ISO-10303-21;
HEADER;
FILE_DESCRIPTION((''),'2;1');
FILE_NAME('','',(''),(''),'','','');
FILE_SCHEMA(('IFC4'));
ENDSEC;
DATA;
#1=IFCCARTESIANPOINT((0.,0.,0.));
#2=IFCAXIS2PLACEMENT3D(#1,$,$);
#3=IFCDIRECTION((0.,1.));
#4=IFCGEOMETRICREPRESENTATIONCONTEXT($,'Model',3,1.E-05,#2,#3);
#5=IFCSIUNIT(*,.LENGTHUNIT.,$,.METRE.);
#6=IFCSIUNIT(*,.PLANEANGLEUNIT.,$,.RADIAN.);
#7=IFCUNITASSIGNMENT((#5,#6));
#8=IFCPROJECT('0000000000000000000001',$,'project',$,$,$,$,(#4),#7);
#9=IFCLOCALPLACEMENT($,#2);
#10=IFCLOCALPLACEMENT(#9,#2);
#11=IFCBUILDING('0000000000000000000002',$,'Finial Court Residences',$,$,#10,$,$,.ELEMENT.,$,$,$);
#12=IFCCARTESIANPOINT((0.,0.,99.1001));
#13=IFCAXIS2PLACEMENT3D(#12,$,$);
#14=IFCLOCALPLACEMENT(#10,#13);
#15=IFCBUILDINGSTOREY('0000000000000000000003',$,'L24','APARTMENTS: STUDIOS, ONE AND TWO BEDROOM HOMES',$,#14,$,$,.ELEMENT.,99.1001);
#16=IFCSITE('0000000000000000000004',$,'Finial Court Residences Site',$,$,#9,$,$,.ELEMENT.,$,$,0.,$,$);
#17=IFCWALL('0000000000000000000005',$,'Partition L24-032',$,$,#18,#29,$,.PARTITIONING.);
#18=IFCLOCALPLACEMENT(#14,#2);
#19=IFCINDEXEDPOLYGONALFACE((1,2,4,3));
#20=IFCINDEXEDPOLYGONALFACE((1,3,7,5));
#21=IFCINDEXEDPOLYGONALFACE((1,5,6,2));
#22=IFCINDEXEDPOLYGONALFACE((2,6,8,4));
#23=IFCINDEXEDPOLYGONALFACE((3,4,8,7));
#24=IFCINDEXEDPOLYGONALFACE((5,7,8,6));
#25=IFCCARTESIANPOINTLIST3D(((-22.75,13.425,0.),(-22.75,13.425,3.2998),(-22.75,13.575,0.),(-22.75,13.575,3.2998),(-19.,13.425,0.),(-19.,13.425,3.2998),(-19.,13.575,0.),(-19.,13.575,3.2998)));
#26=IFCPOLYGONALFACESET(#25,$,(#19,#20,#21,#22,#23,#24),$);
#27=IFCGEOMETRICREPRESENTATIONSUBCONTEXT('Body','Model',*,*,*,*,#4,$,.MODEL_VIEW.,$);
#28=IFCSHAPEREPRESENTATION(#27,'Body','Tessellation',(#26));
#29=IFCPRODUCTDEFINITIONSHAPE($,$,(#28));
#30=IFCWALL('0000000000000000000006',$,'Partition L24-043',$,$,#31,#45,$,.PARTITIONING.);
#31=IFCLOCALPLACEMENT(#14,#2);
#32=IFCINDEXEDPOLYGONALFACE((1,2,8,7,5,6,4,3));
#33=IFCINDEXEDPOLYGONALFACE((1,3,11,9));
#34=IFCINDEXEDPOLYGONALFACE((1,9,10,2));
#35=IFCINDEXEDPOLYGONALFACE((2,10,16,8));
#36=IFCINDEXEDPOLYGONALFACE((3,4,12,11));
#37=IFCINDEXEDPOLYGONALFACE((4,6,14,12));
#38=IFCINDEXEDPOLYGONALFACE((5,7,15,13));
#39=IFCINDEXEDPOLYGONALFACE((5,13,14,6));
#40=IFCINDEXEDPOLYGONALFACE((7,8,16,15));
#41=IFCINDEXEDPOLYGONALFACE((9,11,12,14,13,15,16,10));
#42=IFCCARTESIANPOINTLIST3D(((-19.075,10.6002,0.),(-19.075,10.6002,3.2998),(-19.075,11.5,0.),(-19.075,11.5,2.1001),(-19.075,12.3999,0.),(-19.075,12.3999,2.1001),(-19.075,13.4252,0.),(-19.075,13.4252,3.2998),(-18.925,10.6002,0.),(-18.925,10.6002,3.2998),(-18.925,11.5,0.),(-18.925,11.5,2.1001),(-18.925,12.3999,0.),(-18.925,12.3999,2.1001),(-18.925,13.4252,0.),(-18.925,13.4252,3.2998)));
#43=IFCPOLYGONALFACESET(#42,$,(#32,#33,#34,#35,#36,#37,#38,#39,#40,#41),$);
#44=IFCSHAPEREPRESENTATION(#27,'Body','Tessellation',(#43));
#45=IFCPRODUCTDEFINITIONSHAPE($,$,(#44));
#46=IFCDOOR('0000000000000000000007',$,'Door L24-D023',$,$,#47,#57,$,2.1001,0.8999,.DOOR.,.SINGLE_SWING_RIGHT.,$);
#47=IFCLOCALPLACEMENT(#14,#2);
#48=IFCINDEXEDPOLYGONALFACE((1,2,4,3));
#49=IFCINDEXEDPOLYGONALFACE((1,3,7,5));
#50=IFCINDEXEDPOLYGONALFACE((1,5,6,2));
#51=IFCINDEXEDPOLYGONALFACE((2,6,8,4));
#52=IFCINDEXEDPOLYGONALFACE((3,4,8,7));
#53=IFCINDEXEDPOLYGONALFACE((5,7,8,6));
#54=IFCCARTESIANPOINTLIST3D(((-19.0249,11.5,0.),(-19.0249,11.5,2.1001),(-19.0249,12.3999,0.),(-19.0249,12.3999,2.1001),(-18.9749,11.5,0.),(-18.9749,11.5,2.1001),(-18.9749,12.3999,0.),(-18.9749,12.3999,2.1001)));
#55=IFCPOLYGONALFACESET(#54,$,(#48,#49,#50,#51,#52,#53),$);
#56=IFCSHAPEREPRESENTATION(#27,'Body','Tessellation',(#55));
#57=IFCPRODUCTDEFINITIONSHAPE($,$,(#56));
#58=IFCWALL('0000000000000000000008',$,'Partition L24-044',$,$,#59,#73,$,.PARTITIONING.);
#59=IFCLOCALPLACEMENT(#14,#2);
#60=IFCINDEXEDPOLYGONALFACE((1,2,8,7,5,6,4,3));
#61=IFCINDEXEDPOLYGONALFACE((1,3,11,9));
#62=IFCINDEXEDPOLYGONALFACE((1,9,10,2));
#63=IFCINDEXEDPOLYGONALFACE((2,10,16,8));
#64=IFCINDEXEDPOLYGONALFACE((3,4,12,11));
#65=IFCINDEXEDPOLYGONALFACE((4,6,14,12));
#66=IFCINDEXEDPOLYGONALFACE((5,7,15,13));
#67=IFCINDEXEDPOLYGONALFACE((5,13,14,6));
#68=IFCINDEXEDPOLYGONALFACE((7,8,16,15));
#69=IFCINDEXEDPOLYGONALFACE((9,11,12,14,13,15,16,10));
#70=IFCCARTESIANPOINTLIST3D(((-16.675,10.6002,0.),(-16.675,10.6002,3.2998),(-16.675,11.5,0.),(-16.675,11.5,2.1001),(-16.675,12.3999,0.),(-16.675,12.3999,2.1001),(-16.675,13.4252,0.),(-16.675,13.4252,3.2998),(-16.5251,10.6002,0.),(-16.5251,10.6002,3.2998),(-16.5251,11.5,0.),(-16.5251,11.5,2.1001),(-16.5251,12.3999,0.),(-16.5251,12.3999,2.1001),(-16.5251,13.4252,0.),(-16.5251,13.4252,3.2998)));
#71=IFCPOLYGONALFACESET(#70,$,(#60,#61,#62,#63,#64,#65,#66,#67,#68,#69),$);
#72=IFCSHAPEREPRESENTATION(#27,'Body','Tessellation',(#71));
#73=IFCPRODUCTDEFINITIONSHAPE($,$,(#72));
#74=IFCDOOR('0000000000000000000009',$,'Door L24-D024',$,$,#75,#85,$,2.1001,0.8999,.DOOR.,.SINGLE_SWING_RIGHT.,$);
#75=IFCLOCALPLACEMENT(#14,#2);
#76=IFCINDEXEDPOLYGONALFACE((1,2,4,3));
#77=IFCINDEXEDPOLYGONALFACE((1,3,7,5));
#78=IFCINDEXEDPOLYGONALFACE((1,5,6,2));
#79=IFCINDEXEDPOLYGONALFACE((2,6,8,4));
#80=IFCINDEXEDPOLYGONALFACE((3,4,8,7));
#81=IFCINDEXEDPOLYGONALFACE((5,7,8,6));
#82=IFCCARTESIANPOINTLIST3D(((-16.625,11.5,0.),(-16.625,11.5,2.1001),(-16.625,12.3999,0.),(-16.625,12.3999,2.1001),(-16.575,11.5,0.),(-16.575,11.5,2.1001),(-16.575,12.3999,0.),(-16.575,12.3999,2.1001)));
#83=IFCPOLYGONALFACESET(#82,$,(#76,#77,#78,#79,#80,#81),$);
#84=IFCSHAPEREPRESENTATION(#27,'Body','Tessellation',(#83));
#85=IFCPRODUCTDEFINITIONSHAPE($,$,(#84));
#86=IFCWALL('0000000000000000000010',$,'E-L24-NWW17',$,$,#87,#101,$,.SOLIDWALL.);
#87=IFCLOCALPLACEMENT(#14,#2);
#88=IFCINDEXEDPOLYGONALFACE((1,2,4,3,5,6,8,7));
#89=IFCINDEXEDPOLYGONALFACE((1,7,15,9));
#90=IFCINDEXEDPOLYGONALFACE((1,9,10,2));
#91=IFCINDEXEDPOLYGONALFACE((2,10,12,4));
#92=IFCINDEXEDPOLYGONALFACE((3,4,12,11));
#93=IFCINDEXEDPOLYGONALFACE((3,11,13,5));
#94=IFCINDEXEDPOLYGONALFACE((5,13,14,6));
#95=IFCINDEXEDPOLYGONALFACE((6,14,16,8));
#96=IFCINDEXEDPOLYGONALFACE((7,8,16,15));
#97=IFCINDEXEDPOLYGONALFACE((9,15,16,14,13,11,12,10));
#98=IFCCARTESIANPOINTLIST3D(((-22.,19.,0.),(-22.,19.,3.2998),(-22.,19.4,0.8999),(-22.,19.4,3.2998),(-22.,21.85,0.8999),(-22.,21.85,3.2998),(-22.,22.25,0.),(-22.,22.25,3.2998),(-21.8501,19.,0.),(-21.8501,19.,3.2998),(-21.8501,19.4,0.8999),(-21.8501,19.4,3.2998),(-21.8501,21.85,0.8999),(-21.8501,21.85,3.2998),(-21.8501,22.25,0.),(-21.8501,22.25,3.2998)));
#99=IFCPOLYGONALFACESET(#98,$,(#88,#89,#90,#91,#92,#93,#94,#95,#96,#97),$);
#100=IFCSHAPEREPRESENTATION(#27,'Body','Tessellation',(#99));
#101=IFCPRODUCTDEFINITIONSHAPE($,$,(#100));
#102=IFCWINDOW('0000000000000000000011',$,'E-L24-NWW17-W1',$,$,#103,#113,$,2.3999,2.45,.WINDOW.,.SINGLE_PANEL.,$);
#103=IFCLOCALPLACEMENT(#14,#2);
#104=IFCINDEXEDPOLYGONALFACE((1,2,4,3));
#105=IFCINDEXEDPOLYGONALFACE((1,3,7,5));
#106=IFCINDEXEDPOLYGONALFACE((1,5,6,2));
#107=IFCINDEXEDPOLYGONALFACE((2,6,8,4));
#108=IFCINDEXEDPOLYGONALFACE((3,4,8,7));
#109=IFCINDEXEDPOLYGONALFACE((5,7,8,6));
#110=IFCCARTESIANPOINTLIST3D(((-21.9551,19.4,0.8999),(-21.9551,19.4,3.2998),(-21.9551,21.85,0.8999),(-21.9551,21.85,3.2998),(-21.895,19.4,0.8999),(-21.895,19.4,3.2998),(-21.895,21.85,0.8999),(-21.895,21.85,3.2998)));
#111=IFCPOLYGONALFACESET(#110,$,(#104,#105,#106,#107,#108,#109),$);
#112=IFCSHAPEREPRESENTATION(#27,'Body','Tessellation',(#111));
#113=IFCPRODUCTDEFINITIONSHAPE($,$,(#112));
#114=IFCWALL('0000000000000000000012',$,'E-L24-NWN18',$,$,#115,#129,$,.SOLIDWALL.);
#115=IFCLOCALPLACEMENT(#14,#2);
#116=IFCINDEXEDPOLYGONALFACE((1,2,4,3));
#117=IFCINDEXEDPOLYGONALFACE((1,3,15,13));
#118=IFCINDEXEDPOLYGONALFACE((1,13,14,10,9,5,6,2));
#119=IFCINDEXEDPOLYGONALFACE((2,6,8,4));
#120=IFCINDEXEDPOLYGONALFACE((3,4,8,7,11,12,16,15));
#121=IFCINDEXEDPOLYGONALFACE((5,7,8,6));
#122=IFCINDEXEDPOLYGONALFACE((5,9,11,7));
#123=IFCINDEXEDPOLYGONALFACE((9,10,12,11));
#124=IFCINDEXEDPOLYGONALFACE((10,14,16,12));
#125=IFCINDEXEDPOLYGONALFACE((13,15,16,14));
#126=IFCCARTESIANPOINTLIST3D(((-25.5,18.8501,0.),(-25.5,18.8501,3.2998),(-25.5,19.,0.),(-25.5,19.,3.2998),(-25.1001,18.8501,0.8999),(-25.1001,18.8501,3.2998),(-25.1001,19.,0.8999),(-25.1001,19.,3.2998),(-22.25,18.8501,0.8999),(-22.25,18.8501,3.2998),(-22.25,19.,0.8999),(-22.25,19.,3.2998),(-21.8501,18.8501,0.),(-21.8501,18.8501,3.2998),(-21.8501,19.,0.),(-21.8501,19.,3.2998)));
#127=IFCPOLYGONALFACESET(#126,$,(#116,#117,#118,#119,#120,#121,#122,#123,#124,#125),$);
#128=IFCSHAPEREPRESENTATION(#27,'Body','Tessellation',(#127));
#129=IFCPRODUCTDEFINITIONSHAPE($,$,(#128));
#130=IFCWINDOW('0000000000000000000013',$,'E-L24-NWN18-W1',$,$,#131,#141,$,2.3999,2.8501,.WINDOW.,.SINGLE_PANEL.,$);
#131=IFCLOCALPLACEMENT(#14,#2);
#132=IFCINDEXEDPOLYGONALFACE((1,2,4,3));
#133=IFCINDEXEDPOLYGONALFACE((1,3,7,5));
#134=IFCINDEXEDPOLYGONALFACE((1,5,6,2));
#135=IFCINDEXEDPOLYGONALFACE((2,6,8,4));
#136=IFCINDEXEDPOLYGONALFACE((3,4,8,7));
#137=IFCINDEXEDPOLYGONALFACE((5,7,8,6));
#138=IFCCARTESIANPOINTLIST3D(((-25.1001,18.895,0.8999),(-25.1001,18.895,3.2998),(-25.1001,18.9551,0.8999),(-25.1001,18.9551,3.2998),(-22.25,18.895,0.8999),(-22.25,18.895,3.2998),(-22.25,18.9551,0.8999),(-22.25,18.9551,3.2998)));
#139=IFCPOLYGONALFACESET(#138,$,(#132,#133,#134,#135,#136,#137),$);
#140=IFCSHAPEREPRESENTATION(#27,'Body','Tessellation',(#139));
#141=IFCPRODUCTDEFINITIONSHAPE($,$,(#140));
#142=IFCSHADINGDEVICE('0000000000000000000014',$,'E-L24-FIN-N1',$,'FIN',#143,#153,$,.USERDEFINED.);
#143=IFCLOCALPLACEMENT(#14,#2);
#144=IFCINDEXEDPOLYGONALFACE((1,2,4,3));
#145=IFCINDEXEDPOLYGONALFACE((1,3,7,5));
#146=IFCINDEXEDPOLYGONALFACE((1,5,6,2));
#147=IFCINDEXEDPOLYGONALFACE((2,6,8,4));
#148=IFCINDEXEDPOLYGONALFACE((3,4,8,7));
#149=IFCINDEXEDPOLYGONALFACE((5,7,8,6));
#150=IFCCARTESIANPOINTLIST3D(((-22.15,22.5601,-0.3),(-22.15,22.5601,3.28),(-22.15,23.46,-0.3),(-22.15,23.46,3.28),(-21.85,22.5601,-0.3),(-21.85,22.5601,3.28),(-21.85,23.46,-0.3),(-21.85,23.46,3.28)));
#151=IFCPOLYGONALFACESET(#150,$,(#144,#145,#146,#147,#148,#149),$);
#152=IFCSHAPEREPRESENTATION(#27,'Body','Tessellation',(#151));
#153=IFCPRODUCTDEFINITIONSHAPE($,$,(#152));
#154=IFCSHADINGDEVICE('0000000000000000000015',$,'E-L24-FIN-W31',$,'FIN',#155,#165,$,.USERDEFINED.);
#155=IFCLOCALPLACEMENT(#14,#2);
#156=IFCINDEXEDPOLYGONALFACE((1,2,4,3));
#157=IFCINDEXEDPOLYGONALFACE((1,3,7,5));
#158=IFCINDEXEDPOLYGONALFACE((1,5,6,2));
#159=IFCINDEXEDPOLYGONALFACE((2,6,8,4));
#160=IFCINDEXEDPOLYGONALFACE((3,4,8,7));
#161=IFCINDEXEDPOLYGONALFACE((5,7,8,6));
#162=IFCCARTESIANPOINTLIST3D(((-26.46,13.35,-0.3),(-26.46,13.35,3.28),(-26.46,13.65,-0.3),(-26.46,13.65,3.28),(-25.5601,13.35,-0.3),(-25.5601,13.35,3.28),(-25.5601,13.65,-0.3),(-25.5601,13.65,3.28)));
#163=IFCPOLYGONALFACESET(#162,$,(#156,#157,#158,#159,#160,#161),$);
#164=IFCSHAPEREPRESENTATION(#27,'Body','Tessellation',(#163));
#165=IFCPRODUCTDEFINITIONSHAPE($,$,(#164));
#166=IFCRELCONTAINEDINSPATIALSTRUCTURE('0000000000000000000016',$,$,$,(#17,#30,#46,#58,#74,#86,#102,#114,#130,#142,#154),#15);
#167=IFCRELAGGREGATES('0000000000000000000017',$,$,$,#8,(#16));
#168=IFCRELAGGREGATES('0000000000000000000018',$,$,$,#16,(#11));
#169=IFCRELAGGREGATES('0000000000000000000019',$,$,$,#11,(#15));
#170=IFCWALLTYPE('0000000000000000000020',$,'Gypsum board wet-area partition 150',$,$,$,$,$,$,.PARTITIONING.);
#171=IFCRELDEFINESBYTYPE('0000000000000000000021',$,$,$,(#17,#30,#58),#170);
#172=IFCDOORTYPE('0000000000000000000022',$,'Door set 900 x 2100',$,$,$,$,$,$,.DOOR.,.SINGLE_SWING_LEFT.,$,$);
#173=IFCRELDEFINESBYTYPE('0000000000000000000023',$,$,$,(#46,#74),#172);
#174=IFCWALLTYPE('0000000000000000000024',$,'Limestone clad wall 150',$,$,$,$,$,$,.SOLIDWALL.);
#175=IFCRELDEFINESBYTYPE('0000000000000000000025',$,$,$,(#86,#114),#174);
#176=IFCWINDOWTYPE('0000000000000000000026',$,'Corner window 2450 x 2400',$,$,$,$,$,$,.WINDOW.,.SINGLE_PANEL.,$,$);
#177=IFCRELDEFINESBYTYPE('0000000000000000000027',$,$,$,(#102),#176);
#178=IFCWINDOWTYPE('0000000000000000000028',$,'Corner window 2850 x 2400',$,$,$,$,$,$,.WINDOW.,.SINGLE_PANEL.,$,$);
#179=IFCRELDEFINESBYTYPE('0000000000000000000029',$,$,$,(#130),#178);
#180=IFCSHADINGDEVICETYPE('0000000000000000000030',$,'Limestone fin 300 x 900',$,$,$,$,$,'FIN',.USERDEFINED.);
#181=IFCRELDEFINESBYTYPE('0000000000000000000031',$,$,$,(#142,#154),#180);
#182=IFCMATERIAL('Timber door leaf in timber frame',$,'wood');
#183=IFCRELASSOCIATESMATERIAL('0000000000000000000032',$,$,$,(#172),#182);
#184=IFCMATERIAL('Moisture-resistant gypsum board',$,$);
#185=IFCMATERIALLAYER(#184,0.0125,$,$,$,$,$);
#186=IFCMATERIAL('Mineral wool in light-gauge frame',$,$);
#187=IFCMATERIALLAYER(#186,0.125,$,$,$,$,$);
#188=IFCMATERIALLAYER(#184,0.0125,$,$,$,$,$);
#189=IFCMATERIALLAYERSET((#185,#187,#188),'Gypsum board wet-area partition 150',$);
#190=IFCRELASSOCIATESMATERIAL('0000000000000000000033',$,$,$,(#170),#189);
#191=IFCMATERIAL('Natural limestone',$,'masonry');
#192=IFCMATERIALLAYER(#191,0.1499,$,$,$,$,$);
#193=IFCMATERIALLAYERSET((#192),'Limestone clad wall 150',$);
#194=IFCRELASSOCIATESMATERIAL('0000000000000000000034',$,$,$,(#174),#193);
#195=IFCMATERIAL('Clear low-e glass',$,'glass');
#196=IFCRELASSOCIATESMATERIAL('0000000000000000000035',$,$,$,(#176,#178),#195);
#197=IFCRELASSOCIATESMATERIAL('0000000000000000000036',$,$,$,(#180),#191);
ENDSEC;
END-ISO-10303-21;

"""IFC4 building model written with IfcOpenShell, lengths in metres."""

from ifc_helpers import new_model, si_unit, direction, frame, frame_2d, origin, origin_2d, place, context, subcontext, project, spatial, rectangle, extrude, material, layer, layer_set, type_object, element, fill, save


model = new_model("IFC4")

# Units and contexts
model_context = context("Model", 3, precision=1e-05, world=origin(), true_north=direction((0.0, 1.0)))
body_context = subcontext(model_context, "Body", "Model", "MODEL_VIEW")
ifc_project = project(units=[si_unit("LENGTHUNIT", "METRE"), si_unit("PLANEANGLEUNIT", "RADIAN")], contexts=[model_context])

# Site, building, storey
site_placement = place(None, origin())
site = spatial("IfcSite", under=ifc_project, at=site_placement, Name="Finial Court Residences Site", CompositionType="ELEMENT", RefElevation=0.0)
building_placement = place(site_placement, origin())
building = spatial("IfcBuilding", under=site, at=building_placement, Name="Finial Court Residences", CompositionType="ELEMENT")
storey_placement = place(building_placement, frame((0.0, 0.0, 99.1001)))
storey = spatial("IfcBuildingStorey", under=building, at=storey_placement, Name="L24", Description="APARTMENTS: STUDIOS, ONE AND TWO BEDROOM HOMES", CompositionType="ELEMENT", Elevation=99.1001)

# Shared definitions
ifc_material_1 = material(Name="Clear low-e glass", Category="glass")

# Shared definitions
ifc_material_2 = material(Name="Mineral wool in light-gauge frame")

# Shared definitions
ifc_material_3 = material(Name="Timber door leaf in timber frame", Category="wood")
door_type = type_object("IfcDoorType", Name="Door set 900 x 2100", OperationType="SINGLE_SWING_LEFT", PredefinedType="DOOR", material=ifc_material_3)

# Wall
ifc_material_4 = material(Name="Moisture-resistant gypsum board")
ifc_layer_1 = layer(ifc_material_4, 0.0125)
ifc_layer_2 = layer(ifc_material_2, 0.125)
ifc_layer_3 = layer(ifc_material_4, 0.0125)
ifc_layer_set_1 = layer_set([ifc_layer_1, ifc_layer_2, ifc_layer_3], Name="Gypsum board wet-area partition 150")
wall_type_1 = type_object("IfcWallType", Name="Gypsum board wet-area partition 150", PredefinedType="PARTITIONING", material=ifc_layer_set_1)
wall_1_placement = place(storey_placement, frame((-22.75, 13.5, 0.0), z_axis=(0.0, 0.0, 1.0), x_axis=(1.0, 0.0, 0.0)))
element("IfcWall", 1, at=wall_1_placement, inside=storey, type_object=wall_type_1, Name="Partition L24-032", PredefinedType="PARTITIONING", context=body_context, shape_type="SweptSolid", body=[
    extrude(rectangle(XDim=3.75, YDim=0.1499, at=frame_2d((1.875, 0.0))), origin(), (0.0, 0.0, 1.0), 3.2998),
])

# Walls, openings, doors
wall_2_placement = place(storey_placement, frame((-19.0, 10.6001, 0.0), z_axis=(0.0, 0.0, 1.0), x_axis=(0.0, 1.0, 0.0)))
wall_2 = element("IfcWall", 2, at=wall_2_placement, inside=storey, type_object=wall_type_1, Name="Partition L24-043", PredefinedType="PARTITIONING", context=body_context, shape_type="SweptSolid", body=[
    extrude(rectangle(XDim=2.825, YDim=0.1499, at=frame_2d((1.4126, 0.0))), origin(), (0.0, 0.0, 1.0), 3.2998),
])
opening_1_placement = place(wall_2_placement, frame((0.8999, 0.0, 0.0)))
opening_1 = element("IfcOpeningElement", 3, at=opening_1_placement, cuts=wall_2, PredefinedType="OPENING", context=body_context, shape_type="SweptSolid", body=[
    extrude(rectangle(XDim=0.8999, YDim=2.1001, at=frame_2d((0.45, 1.05))), frame((0.0, 0.085, 0.0), z_axis=(0.0, -1.0, 0.0), x_axis=(1.0, 0.0, 0.0)), (0.0, 0.0, 1.0), 0.1699),
])
door_1_placement = place(opening_1_placement, origin())
door_1 = element("IfcDoor", 4, at=door_1_placement, inside=storey, type_object=door_type, Name="Door L24-D023", OperationType="SINGLE_SWING_RIGHT", OverallHeight=2.1001, OverallWidth=0.8999, PredefinedType="DOOR", context=body_context, shape_type="SweptSolid", body=[
    extrude(rectangle(XDim=0.8999, YDim=2.1001, at=frame_2d((0.45, 1.05))), frame((0.0, 0.0249, 0.0), z_axis=(0.0, -1.0, 0.0), x_axis=(1.0, 0.0, 0.0)), (0.0, 0.0, 1.0), 0.05),
])
fill(opening_1, door_1)
wall_3_placement = place(storey_placement, frame((-16.6001, 10.6001, 0.0), z_axis=(0.0, 0.0, 1.0), x_axis=(0.0, 1.0, 0.0)))
wall_3 = element("IfcWall", 5, at=wall_3_placement, inside=storey, type_object=wall_type_1, Name="Partition L24-044", PredefinedType="PARTITIONING", context=body_context, shape_type="SweptSolid", body=[
    extrude(rectangle(XDim=2.825, YDim=0.1499, at=frame_2d((1.4126, 0.0))), origin(), (0.0, 0.0, 1.0), 3.2998),
])
opening_2_placement = place(wall_3_placement, frame((0.8999, 0.0, 0.0)))
opening_2 = element("IfcOpeningElement", 6, at=opening_2_placement, cuts=wall_3, PredefinedType="OPENING", context=body_context, shape_type="SweptSolid", body=[
    extrude(rectangle(XDim=0.8999, YDim=2.1001, at=frame_2d((0.45, 1.05))), frame((0.0, 0.085, 0.0), z_axis=(0.0, -1.0, 0.0), x_axis=(1.0, 0.0, 0.0)), (0.0, 0.0, 1.0), 0.1699),
])
door_2_placement = place(opening_2_placement, origin())
door_2 = element("IfcDoor", 7, at=door_2_placement, inside=storey, type_object=door_type, Name="Door L24-D024", OperationType="SINGLE_SWING_RIGHT", OverallHeight=2.1001, OverallWidth=0.8999, PredefinedType="DOOR", context=body_context, shape_type="SweptSolid", body=[
    extrude(rectangle(XDim=0.8999, YDim=2.1001, at=frame_2d((0.45, 1.05))), frame((0.0, 0.0249, 0.0), z_axis=(0.0, -1.0, 0.0), x_axis=(1.0, 0.0, 0.0)), (0.0, 0.0, 1.0), 0.05),
])
fill(opening_2, door_2)

# Walls, openings, windows
ifc_material_5 = material(Name="Natural limestone", Category="masonry")
ifc_layer_4 = layer(ifc_material_5, 0.1499)
ifc_layer_set_2 = layer_set([ifc_layer_4], Name="Limestone clad wall 150")
wall_type_2 = type_object("IfcWallType", Name="Limestone clad wall 150", PredefinedType="SOLIDWALL", material=ifc_layer_set_2)
wall_4_placement = place(storey_placement, frame((-21.925, 19.0, 0.0), z_axis=(0.0, 0.0, 1.0), x_axis=(0.0, 1.0, 0.0)))
wall_4 = element("IfcWall", 8, at=wall_4_placement, inside=storey, type_object=wall_type_2, Name="E-L24-NWW17", PredefinedType="SOLIDWALL", context=body_context, shape_type="SweptSolid", body=[
    extrude(rectangle(XDim=3.25, YDim=0.1499, at=frame_2d((1.625, 0.0))), origin(), (0.0, 0.0, 1.0), 3.2998),
])
opening_3_placement = place(wall_4_placement, frame((0.3999, 0.0, 0.8999)))
opening_3 = element("IfcOpeningElement", 9, at=opening_3_placement, cuts=wall_4, PredefinedType="OPENING", context=body_context, shape_type="SweptSolid", body=[
    extrude(rectangle(XDim=2.45, YDim=2.3999, at=frame_2d((1.2251, 1.2))), frame((0.0, 0.085, 0.0), z_axis=(0.0, -1.0, 0.0), x_axis=(1.0, 0.0, 0.0)), (0.0, 0.0, 1.0), 0.1699),
])
window_type_1 = type_object("IfcWindowType", Name="Corner window 2450 x 2400", PartitioningType="SINGLE_PANEL", PredefinedType="WINDOW", material=ifc_material_1)
window_1_placement = place(opening_3_placement, origin())
window_1 = element("IfcWindow", 10, at=window_1_placement, inside=storey, type_object=window_type_1, Name="E-L24-NWW17-W1", OverallHeight=2.3999, OverallWidth=2.45, PartitioningType="SINGLE_PANEL", PredefinedType="WINDOW", context=body_context, shape_type="SweptSolid", body=[
    extrude(rectangle(XDim=2.45, YDim=2.3999, at=frame_2d((1.2251, 1.2))), frame((0.0, 0.03, 0.0), z_axis=(0.0, -1.0, 0.0), x_axis=(1.0, 0.0, 0.0)), (0.0, 0.0, 1.0), 0.0601),
])
fill(opening_3, window_1)
wall_5_placement = place(storey_placement, frame((-25.5, 18.925, 0.0), z_axis=(0.0, 0.0, 1.0), x_axis=(1.0, 0.0, 0.0)))
wall_5 = element("IfcWall", 11, at=wall_5_placement, inside=storey, type_object=wall_type_2, Name="E-L24-NWN18", PredefinedType="SOLIDWALL", context=body_context, shape_type="SweptSolid", body=[
    extrude(rectangle(XDim=3.6499, YDim=0.1499, at=frame_2d((1.825, 0.0))), origin(), (0.0, 0.0, 1.0), 3.2998),
])
opening_4_placement = place(wall_5_placement, frame((0.3999, 0.0, 0.8999)))
opening_4 = element("IfcOpeningElement", 12, at=opening_4_placement, cuts=wall_5, PredefinedType="OPENING", context=body_context, shape_type="SweptSolid", body=[
    extrude(rectangle(XDim=2.8501, YDim=2.3999, at=frame_2d((1.425, 1.2))), frame((0.0, 0.085, 0.0), z_axis=(0.0, -1.0, 0.0), x_axis=(1.0, 0.0, 0.0)), (0.0, 0.0, 1.0), 0.1699),
])
window_type_2 = type_object("IfcWindowType", Name="Corner window 2850 x 2400", PartitioningType="SINGLE_PANEL", PredefinedType="WINDOW", material=ifc_material_1)
window_2_placement = place(opening_4_placement, origin())
window_2 = element("IfcWindow", 13, at=window_2_placement, inside=storey, type_object=window_type_2, Name="E-L24-NWN18-W1", OverallHeight=2.3999, OverallWidth=2.8501, PartitioningType="SINGLE_PANEL", PredefinedType="WINDOW", context=body_context, shape_type="SweptSolid", body=[
    extrude(rectangle(XDim=2.8501, YDim=2.3999, at=frame_2d((1.425, 1.2))), frame((0.0, 0.03, 0.0), z_axis=(0.0, -1.0, 0.0), x_axis=(1.0, 0.0, 0.0)), (0.0, 0.0, 1.0), 0.0601),
])
fill(opening_4, window_2)

# Shading devices
shading_device_type = type_object("IfcShadingDeviceType", Name="Limestone fin 300 x 900", ElementType="FIN", PredefinedType="USERDEFINED", material=ifc_material_5)
shading_device_placement = place(storey_placement, frame((-22.0, 23.01, -0.3), z_axis=(0.0, 0.0, 1.0), x_axis=(1.0, 0.0, 0.0)))
element("IfcShadingDevice", 14, at=shading_device_placement, inside=storey, type_object=shading_device_type, Name="E-L24-FIN-N1", ObjectType="FIN", PredefinedType="USERDEFINED", context=body_context, shape_type="SweptSolid", body=[
    extrude(rectangle(XDim=0.3, YDim=0.8999, at=origin_2d()), origin(), (0.0, 0.0, 1.0), 3.5801),
])
for number, where, z_axis, x_axis, name in (
    (15, (-26.01, 13.5, -0.3), (0.0, 0.0, 1.0), (1.0, 0.0, 0.0), "E-L24-FIN-W31"),
):
    element("IfcShadingDevice", number, at=place(storey_placement, frame(where, z_axis=z_axis, x_axis=x_axis)), inside=storey, type_object=shading_device_type, Name=name, ObjectType="FIN", PredefinedType="USERDEFINED", context=body_context, shape_type="SweptSolid", body=[
        extrude(rectangle(XDim=0.8999, YDim=0.3, at=origin_2d()), origin(), (0.0, 0.0, 1.0), 3.5801),
    ])

save(model, "model.ifc")
